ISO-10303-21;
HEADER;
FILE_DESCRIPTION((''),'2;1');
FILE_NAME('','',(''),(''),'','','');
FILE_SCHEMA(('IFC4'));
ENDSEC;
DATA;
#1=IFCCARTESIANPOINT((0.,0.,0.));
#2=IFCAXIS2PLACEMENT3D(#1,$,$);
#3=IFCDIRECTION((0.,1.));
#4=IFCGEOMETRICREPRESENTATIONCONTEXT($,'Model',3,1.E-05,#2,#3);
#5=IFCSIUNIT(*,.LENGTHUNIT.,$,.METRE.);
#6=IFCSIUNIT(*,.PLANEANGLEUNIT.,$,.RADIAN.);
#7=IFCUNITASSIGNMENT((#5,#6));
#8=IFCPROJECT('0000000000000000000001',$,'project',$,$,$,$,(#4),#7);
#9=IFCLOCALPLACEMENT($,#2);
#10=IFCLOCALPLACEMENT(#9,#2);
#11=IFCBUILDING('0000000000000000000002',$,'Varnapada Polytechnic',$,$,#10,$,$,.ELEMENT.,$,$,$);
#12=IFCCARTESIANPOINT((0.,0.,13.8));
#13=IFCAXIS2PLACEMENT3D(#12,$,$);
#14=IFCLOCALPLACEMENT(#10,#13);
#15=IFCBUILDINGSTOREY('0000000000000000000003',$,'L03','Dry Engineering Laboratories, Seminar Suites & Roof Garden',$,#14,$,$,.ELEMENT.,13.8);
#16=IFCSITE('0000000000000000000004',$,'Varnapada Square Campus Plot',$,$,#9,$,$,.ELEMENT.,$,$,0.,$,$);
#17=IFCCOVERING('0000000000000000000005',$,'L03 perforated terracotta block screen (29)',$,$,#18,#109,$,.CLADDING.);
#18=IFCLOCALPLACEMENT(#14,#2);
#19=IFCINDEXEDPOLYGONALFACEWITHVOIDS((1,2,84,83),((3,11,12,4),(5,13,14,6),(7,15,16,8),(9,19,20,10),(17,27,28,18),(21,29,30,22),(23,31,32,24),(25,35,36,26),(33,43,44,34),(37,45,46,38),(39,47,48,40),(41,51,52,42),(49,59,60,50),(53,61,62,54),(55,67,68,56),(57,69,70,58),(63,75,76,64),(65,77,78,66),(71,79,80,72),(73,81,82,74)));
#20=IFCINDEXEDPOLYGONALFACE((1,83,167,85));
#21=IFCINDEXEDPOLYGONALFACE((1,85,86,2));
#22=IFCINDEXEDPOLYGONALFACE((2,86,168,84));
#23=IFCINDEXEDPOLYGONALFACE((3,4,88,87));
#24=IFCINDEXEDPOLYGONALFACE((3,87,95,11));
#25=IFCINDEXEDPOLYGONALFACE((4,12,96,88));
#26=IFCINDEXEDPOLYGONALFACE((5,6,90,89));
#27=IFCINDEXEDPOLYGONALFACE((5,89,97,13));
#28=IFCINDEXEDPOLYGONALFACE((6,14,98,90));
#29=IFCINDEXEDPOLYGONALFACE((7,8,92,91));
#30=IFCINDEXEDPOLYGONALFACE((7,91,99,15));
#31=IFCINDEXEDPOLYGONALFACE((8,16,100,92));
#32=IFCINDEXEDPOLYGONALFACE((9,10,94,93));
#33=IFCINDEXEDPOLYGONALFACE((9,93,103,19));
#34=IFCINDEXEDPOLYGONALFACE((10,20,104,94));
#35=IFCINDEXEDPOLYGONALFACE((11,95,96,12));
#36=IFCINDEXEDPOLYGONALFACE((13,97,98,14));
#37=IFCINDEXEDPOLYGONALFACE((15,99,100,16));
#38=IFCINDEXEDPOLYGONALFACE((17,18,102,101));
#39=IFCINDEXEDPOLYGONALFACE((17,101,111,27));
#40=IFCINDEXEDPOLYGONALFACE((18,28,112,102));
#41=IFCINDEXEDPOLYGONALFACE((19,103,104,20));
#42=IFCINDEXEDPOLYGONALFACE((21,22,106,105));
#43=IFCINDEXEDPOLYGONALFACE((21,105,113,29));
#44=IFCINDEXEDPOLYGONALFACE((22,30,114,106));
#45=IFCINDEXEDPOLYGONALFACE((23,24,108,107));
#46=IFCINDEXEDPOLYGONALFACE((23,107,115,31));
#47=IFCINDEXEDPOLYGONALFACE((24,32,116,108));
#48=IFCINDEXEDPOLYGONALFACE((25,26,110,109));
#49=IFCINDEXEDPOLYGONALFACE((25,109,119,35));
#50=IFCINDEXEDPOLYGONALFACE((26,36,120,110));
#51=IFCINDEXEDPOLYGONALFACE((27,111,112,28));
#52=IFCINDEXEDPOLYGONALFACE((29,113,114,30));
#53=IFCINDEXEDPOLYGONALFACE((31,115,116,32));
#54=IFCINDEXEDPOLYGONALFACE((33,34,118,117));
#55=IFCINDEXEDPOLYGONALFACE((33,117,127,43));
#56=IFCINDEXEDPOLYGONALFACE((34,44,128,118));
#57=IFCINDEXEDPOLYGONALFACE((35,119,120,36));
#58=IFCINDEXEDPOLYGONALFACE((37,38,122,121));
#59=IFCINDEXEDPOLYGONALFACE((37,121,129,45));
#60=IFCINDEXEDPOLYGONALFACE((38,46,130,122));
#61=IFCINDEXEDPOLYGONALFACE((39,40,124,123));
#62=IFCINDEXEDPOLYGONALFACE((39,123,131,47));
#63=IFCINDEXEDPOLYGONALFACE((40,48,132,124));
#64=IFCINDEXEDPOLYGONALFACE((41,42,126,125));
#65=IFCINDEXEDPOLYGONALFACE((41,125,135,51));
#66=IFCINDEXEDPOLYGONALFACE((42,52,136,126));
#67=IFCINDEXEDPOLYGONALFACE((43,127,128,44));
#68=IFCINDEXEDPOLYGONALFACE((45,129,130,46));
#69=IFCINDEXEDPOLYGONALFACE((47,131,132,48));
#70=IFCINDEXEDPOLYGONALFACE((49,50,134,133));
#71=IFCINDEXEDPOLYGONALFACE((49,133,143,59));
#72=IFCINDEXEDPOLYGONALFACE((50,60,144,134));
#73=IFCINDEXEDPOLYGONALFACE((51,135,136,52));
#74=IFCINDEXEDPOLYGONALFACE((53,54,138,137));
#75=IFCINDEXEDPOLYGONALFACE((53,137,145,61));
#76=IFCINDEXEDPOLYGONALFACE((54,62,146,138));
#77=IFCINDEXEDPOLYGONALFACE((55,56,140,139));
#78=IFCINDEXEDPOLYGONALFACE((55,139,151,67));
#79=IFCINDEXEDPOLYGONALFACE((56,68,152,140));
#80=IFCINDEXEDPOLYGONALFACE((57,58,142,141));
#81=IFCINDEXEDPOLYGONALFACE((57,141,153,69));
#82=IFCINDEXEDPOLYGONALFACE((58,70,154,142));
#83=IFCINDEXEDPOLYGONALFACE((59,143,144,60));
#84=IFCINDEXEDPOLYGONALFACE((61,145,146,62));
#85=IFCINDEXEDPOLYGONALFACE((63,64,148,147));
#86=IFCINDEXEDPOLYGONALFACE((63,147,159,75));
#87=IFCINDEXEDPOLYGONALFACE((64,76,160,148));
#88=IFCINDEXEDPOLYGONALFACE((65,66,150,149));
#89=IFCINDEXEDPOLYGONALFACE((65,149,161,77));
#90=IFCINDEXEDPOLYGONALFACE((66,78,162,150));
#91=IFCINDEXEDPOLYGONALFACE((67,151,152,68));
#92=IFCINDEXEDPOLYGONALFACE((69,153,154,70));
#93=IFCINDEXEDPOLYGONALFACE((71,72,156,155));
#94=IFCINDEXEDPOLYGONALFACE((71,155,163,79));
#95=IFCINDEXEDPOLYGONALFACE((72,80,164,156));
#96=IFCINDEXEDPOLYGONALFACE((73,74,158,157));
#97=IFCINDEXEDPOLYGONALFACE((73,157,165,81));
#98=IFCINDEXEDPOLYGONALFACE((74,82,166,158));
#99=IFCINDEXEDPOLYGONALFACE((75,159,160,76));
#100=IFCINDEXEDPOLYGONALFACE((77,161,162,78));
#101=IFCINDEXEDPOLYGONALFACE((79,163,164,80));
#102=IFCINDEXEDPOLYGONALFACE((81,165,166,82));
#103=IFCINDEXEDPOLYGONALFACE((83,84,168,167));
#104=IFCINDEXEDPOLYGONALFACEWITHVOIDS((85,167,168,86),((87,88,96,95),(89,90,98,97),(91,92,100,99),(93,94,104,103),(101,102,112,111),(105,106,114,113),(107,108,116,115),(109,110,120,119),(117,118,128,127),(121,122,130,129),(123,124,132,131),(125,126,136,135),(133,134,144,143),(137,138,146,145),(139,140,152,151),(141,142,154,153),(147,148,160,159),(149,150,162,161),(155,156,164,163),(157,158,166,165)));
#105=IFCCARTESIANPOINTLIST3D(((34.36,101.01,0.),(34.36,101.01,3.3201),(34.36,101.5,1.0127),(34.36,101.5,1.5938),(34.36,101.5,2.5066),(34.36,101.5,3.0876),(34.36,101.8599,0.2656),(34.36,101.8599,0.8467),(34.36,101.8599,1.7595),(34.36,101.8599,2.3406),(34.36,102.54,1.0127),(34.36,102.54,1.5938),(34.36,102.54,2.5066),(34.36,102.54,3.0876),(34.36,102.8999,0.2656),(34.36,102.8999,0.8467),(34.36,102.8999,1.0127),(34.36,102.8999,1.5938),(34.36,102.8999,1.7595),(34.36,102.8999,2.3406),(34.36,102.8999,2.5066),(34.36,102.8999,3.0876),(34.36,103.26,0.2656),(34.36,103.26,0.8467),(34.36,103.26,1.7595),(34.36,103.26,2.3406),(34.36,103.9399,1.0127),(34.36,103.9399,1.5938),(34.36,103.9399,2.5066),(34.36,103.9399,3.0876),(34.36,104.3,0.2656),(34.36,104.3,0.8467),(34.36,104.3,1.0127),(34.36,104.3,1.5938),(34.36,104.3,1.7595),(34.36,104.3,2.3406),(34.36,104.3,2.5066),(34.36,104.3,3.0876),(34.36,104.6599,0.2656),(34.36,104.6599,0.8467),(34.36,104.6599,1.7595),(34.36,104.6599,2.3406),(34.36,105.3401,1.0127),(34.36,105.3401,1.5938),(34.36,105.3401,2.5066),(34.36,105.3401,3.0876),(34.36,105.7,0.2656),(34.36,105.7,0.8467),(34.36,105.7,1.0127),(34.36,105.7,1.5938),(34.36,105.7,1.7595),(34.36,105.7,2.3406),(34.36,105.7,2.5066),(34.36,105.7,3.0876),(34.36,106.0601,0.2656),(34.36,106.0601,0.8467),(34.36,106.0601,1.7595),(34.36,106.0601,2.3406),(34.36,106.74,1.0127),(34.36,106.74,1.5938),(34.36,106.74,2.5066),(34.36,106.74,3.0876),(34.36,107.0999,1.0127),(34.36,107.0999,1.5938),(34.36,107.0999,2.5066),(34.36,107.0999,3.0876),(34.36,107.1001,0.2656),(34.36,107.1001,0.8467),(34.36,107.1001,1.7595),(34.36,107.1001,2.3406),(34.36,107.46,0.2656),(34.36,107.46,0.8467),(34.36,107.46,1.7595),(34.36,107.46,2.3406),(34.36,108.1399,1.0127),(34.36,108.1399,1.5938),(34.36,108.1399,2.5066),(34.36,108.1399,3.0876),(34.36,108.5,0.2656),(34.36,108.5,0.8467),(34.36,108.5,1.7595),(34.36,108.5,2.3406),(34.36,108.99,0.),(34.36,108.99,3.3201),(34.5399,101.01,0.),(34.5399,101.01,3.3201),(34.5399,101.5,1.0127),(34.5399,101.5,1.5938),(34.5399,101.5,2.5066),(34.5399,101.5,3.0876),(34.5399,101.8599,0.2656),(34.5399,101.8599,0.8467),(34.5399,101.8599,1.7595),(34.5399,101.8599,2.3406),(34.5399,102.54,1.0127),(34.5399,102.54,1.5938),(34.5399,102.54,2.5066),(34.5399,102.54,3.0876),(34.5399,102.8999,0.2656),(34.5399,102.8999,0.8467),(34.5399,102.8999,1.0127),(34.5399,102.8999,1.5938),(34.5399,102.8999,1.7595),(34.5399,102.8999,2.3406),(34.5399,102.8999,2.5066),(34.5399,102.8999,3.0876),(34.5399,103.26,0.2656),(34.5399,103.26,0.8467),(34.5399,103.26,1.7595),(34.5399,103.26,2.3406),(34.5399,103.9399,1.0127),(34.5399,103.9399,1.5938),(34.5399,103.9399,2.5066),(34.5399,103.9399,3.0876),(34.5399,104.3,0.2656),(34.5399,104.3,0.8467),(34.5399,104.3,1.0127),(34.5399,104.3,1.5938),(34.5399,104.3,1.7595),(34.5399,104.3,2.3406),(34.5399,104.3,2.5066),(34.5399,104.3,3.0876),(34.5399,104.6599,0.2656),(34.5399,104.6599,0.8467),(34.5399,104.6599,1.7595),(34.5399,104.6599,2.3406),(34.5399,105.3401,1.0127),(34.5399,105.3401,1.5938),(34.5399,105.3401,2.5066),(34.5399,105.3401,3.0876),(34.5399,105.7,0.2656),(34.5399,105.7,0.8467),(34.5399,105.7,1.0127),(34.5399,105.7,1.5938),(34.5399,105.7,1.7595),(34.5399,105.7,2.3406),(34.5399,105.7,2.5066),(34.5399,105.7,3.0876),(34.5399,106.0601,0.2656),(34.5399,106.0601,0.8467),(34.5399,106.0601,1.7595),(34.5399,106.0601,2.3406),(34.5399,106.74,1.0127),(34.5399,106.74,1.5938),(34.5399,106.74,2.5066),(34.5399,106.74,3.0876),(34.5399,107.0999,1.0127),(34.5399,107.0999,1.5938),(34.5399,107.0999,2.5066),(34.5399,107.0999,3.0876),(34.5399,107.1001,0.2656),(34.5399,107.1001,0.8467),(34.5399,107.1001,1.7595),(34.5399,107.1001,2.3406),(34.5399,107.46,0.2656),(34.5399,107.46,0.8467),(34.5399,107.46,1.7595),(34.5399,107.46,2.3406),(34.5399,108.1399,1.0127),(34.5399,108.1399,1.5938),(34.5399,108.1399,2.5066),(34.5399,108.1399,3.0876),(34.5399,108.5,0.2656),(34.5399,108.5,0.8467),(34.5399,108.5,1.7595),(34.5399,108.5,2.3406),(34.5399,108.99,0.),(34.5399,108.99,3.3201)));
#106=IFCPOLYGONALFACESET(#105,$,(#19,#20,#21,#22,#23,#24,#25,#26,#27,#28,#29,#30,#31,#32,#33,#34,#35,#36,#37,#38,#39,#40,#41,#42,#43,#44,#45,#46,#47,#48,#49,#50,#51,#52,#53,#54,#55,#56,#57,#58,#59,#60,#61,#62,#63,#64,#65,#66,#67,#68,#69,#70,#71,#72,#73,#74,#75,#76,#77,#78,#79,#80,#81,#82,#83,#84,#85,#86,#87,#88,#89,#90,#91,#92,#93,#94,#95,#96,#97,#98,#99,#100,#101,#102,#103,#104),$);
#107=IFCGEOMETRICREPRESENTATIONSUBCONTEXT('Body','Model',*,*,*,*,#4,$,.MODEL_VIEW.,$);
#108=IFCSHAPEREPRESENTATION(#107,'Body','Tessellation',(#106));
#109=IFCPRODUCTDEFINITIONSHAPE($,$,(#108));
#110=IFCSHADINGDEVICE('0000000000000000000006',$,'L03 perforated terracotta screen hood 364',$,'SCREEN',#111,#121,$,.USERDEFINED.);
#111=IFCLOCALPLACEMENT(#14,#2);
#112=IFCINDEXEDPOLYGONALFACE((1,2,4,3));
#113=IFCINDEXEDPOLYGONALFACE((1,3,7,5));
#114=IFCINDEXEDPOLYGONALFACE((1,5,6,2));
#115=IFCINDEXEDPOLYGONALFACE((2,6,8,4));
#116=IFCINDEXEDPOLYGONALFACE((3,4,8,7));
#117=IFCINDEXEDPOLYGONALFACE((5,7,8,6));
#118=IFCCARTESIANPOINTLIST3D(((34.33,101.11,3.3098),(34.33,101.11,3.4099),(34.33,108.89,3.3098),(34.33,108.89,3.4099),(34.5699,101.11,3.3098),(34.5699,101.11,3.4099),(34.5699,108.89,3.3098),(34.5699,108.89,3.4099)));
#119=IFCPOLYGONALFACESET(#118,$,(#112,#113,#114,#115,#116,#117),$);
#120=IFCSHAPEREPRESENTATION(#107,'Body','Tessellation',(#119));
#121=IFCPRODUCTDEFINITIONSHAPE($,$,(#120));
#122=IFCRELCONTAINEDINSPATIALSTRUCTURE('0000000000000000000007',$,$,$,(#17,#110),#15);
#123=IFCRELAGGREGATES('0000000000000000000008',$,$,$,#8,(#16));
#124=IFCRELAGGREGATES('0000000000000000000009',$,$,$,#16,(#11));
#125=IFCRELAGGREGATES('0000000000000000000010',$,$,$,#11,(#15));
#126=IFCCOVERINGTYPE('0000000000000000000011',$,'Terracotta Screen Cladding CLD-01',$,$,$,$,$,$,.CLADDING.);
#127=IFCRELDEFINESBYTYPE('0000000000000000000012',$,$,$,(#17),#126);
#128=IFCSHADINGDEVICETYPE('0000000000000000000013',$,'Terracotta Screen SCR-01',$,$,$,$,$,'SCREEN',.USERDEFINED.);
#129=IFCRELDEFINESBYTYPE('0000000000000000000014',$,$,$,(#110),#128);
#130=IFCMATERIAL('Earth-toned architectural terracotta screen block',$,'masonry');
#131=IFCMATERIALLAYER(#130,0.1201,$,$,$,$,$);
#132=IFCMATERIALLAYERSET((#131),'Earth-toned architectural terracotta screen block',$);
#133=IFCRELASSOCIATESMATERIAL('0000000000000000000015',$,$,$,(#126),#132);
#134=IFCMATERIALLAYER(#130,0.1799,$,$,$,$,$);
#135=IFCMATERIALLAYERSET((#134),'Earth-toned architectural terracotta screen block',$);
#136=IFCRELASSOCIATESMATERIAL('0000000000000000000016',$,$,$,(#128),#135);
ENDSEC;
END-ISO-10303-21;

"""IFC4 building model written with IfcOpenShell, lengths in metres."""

from ifc_helpers import new_model, si_unit, direction, frame, frame_2d, origin, origin_2d, place, context, subcontext, project, spatial, rectangle, extrude, material, layer, layer_set, type_object, element, save


model = new_model("IFC4")

# Units and contexts
model_context = context("Model", 3, precision=1e-05, world=origin(), true_north=direction((0.0, 1.0)))
body_context = subcontext(model_context, "Body", "Model", "MODEL_VIEW")
ifc_project = project(units=[si_unit("LENGTHUNIT", "METRE"), si_unit("PLANEANGLEUNIT", "RADIAN")], contexts=[model_context])

# Site, building, storey
site_placement = place(None, origin())
site = spatial("IfcSite", under=ifc_project, at=site_placement, Name="Varnapada Square Campus Plot", CompositionType="ELEMENT", RefElevation=0.0)
building_placement = place(site_placement, origin())
building = spatial("IfcBuilding", under=site, at=building_placement, Name="Varnapada Polytechnic", CompositionType="ELEMENT")
storey_placement = place(building_placement, frame((0.0, 0.0, 13.8)))
storey = spatial("IfcBuildingStorey", under=building, at=storey_placement, Name="L03", Description="Dry Engineering Laboratories, Seminar Suites & Roof Garden", CompositionType="ELEMENT", Elevation=13.8)

# Covering, openings
ifc_material_1 = material(Name="Earth-toned architectural terracotta screen block", Category="masonry")
ifc_layer_1 = layer(ifc_material_1, 0.1201)
ifc_layer_set_1 = layer_set([ifc_layer_1], Name="Earth-toned architectural terracotta screen block")
covering_type = type_object("IfcCoveringType", Name="Terracotta Screen Cladding CLD-01", PredefinedType="CLADDING", material=ifc_layer_set_1)
covering_placement = place(storey_placement, frame((34.45, 108.99, 0.0), z_axis=(0.0, 0.0, 1.0), x_axis=(0.0, -1.0, 0.0)))
covering = element("IfcCovering", 1, at=covering_placement, inside=storey, type_object=covering_type, Name="L03 perforated terracotta block screen (29)", PredefinedType="CLADDING", context=body_context, shape_type="SweptSolid", body=[
    extrude(rectangle(XDim=7.98, YDim=0.1799, at=frame_2d((3.99, 0.0))), origin(), (0.0, 0.0, 1.0), 3.3201),
])
opening_1_placement = place(covering_placement, frame((0.49, 0.0, 0.2656)))
element("IfcOpeningElement", 2, at=opening_1_placement, cuts=covering, PredefinedType="OPENING", context=body_context, shape_type="SweptSolid", body=[
    extrude(rectangle(XDim=1.04, YDim=0.5811, at=frame_2d((0.52, 0.2905))), frame((0.0, 0.0999, 0.0), z_axis=(0.0, -1.0, 0.0), x_axis=(1.0, 0.0, 0.0)), (0.0, 0.0, 1.0), 0.2),
])
opening_2_placement = place(covering_placement, frame((1.8899, 0.0, 0.2656)))
element("IfcOpeningElement", 3, at=opening_2_placement, cuts=covering, PredefinedType="OPENING", context=body_context, shape_type="SweptSolid", body=[
    extrude(rectangle(XDim=1.04, YDim=0.5811, at=frame_2d((0.52, 0.2905))), frame((0.0, 0.0999, 0.0), z_axis=(0.0, -1.0, 0.0), x_axis=(1.0, 0.0, 0.0)), (0.0, 0.0, 1.0), 0.2),
])
opening_3_placement = place(covering_placement, frame((3.29, 0.0, 0.2656)))
element("IfcOpeningElement", 4, at=opening_3_placement, cuts=covering, PredefinedType="OPENING", context=body_context, shape_type="SweptSolid", body=[
    extrude(rectangle(XDim=1.04, YDim=0.5811, at=frame_2d((0.52, 0.2905))), frame((0.0, 0.0999, 0.0), z_axis=(0.0, -1.0, 0.0), x_axis=(1.0, 0.0, 0.0)), (0.0, 0.0, 1.0), 0.2),
])
opening_4_placement = place(covering_placement, frame((4.6899, 0.0, 0.2656)))
element("IfcOpeningElement", 5, at=opening_4_placement, cuts=covering, PredefinedType="OPENING", context=body_context, shape_type="SweptSolid", body=[
    extrude(rectangle(XDim=1.04, YDim=0.5811, at=frame_2d((0.52, 0.2905))), frame((0.0, 0.0999, 0.0), z_axis=(0.0, -1.0, 0.0), x_axis=(1.0, 0.0, 0.0)), (0.0, 0.0, 1.0), 0.2),
])
opening_5_placement = place(covering_placement, frame((6.0901, 0.0, 0.2656)))
element("IfcOpeningElement", 6, at=opening_5_placement, cuts=covering, PredefinedType="OPENING", context=body_context, shape_type="SweptSolid", body=[
    extrude(rectangle(XDim=1.04, YDim=0.5811, at=frame_2d((0.52, 0.2905))), frame((0.0, 0.0999, 0.0), z_axis=(0.0, -1.0, 0.0), x_axis=(1.0, 0.0, 0.0)), (0.0, 0.0, 1.0), 0.2),
])
opening_6_placement = place(covering_placement, frame((0.8501, 0.0, 1.0127)))
element("IfcOpeningElement", 7, at=opening_6_placement, cuts=covering, PredefinedType="OPENING", context=body_context, shape_type="SweptSolid", body=[
    extrude(rectangle(XDim=1.04, YDim=0.5811, at=frame_2d((0.52, 0.2905))), frame((0.0, 0.0999, 0.0), z_axis=(0.0, -1.0, 0.0), x_axis=(1.0, 0.0, 0.0)), (0.0, 0.0, 1.0), 0.2),
])
opening_7_placement = place(covering_placement, frame((2.25, 0.0, 1.0127)))
element("IfcOpeningElement", 8, at=opening_7_placement, cuts=covering, PredefinedType="OPENING", context=body_context, shape_type="SweptSolid", body=[
    extrude(rectangle(XDim=1.04, YDim=0.5811, at=frame_2d((0.52, 0.2905))), frame((0.0, 0.0999, 0.0), z_axis=(0.0, -1.0, 0.0), x_axis=(1.0, 0.0, 0.0)), (0.0, 0.0, 1.0), 0.2),
])
opening_8_placement = place(covering_placement, frame((3.6499, 0.0, 1.0127)))
element("IfcOpeningElement", 9, at=opening_8_placement, cuts=covering, PredefinedType="OPENING", context=body_context, shape_type="SweptSolid", body=[
    extrude(rectangle(XDim=1.04, YDim=0.5811, at=frame_2d((0.52, 0.2905))), frame((0.0, 0.0999, 0.0), z_axis=(0.0, -1.0, 0.0), x_axis=(1.0, 0.0, 0.0)), (0.0, 0.0, 1.0), 0.2),
])
opening_9_placement = place(covering_placement, frame((5.05, 0.0, 1.0127)))
element("IfcOpeningElement", 10, at=opening_9_placement, cuts=covering, PredefinedType="OPENING", context=body_context, shape_type="SweptSolid", body=[
    extrude(rectangle(XDim=1.04, YDim=0.5811, at=frame_2d((0.52, 0.2905))), frame((0.0, 0.0999, 0.0), z_axis=(0.0, -1.0, 0.0), x_axis=(1.0, 0.0, 0.0)), (0.0, 0.0, 1.0), 0.2),
])
opening_10_placement = place(covering_placement, frame((6.45, 0.0, 1.0127)))
element("IfcOpeningElement", 11, at=opening_10_placement, cuts=covering, PredefinedType="OPENING", context=body_context, shape_type="SweptSolid", body=[
    extrude(rectangle(XDim=1.04, YDim=0.5811, at=frame_2d((0.52, 0.2905))), frame((0.0, 0.0999, 0.0), z_axis=(0.0, -1.0, 0.0), x_axis=(1.0, 0.0, 0.0)), (0.0, 0.0, 1.0), 0.2),
])
opening_11_placement = place(covering_placement, frame((0.49, 0.0, 1.7595)))
element("IfcOpeningElement", 12, at=opening_11_placement, cuts=covering, PredefinedType="OPENING", context=body_context, shape_type="SweptSolid", body=[
    extrude(rectangle(XDim=1.04, YDim=0.5811, at=frame_2d((0.52, 0.2905))), frame((0.0, 0.0999, 0.0), z_axis=(0.0, -1.0, 0.0), x_axis=(1.0, 0.0, 0.0)), (0.0, 0.0, 1.0), 0.2),
])
opening_12_placement = place(covering_placement, frame((1.8899, 0.0, 1.7595)))
element("IfcOpeningElement", 13, at=opening_12_placement, cuts=covering, PredefinedType="OPENING", context=body_context, shape_type="SweptSolid", body=[
    extrude(rectangle(XDim=1.04, YDim=0.5811, at=frame_2d((0.52, 0.2905))), frame((0.0, 0.0999, 0.0), z_axis=(0.0, -1.0, 0.0), x_axis=(1.0, 0.0, 0.0)), (0.0, 0.0, 1.0), 0.2),
])
opening_13_placement = place(covering_placement, frame((3.29, 0.0, 1.7595)))
element("IfcOpeningElement", 14, at=opening_13_placement, cuts=covering, PredefinedType="OPENING", context=body_context, shape_type="SweptSolid", body=[
    extrude(rectangle(XDim=1.04, YDim=0.5811, at=frame_2d((0.52, 0.2905))), frame((0.0, 0.0999, 0.0), z_axis=(0.0, -1.0, 0.0), x_axis=(1.0, 0.0, 0.0)), (0.0, 0.0, 1.0), 0.2),
])
opening_14_placement = place(covering_placement, frame((4.6899, 0.0, 1.7595)))
element("IfcOpeningElement", 15, at=opening_14_placement, cuts=covering, PredefinedType="OPENING", context=body_context, shape_type="SweptSolid", body=[
    extrude(rectangle(XDim=1.04, YDim=0.5811, at=frame_2d((0.52, 0.2905))), frame((0.0, 0.0999, 0.0), z_axis=(0.0, -1.0, 0.0), x_axis=(1.0, 0.0, 0.0)), (0.0, 0.0, 1.0), 0.2),
])
opening_15_placement = place(covering_placement, frame((6.0901, 0.0, 1.7595)))
element("IfcOpeningElement", 16, at=opening_15_placement, cuts=covering, PredefinedType="OPENING", context=body_context, shape_type="SweptSolid", body=[
    extrude(rectangle(XDim=1.04, YDim=0.5811, at=frame_2d((0.52, 0.2905))), frame((0.0, 0.0999, 0.0), z_axis=(0.0, -1.0, 0.0), x_axis=(1.0, 0.0, 0.0)), (0.0, 0.0, 1.0), 0.2),
])
opening_16_placement = place(covering_placement, frame((0.8501, 0.0, 2.5066)))
element("IfcOpeningElement", 17, at=opening_16_placement, cuts=covering, PredefinedType="OPENING", context=body_context, shape_type="SweptSolid", body=[
    extrude(rectangle(XDim=1.04, YDim=0.5811, at=frame_2d((0.52, 0.2905))), frame((0.0, 0.0999, 0.0), z_axis=(0.0, -1.0, 0.0), x_axis=(1.0, 0.0, 0.0)), (0.0, 0.0, 1.0), 0.2),
])
opening_17_placement = place(covering_placement, frame((2.25, 0.0, 2.5066)))
element("IfcOpeningElement", 18, at=opening_17_placement, cuts=covering, PredefinedType="OPENING", context=body_context, shape_type="SweptSolid", body=[
    extrude(rectangle(XDim=1.04, YDim=0.5811, at=frame_2d((0.52, 0.2905))), frame((0.0, 0.0999, 0.0), z_axis=(0.0, -1.0, 0.0), x_axis=(1.0, 0.0, 0.0)), (0.0, 0.0, 1.0), 0.2),
])
opening_18_placement = place(covering_placement, frame((3.6499, 0.0, 2.5066)))
element("IfcOpeningElement", 19, at=opening_18_placement, cuts=covering, PredefinedType="OPENING", context=body_context, shape_type="SweptSolid", body=[
    extrude(rectangle(XDim=1.04, YDim=0.5811, at=frame_2d((0.52, 0.2905))), frame((0.0, 0.0999, 0.0), z_axis=(0.0, -1.0, 0.0), x_axis=(1.0, 0.0, 0.0)), (0.0, 0.0, 1.0), 0.2),
])
opening_19_placement = place(covering_placement, frame((5.05, 0.0, 2.5066)))
element("IfcOpeningElement", 20, at=opening_19_placement, cuts=covering, PredefinedType="OPENING", context=body_context, shape_type="SweptSolid", body=[
    extrude(rectangle(XDim=1.04, YDim=0.5811, at=frame_2d((0.52, 0.2905))), frame((0.0, 0.0999, 0.0), z_axis=(0.0, -1.0, 0.0), x_axis=(1.0, 0.0, 0.0)), (0.0, 0.0, 1.0), 0.2),
])
opening_20_placement = place(covering_placement, frame((6.45, 0.0, 2.5066)))
element("IfcOpeningElement", 21, at=opening_20_placement, cuts=covering, PredefinedType="OPENING", context=body_context, shape_type="SweptSolid", body=[
    extrude(rectangle(XDim=1.04, YDim=0.5811, at=frame_2d((0.52, 0.2905))), frame((0.0, 0.0999, 0.0), z_axis=(0.0, -1.0, 0.0), x_axis=(1.0, 0.0, 0.0)), (0.0, 0.0, 1.0), 0.2),
])

# Shading device
ifc_layer_2 = layer(ifc_material_1, 0.1799)
ifc_layer_set_2 = layer_set([ifc_layer_2], Name="Earth-toned architectural terracotta screen block")
shading_device_type = type_object("IfcShadingDeviceType", Name="Terracotta Screen SCR-01", ElementType="SCREEN", PredefinedType="USERDEFINED", material=ifc_layer_set_2)
shading_device_1_placement = place(storey_placement, frame((34.45, 105.0, 3.3098), z_axis=(0.0, 0.0, 1.0), x_axis=(0.0, -1.0, 0.0)))
element("IfcShadingDevice", 22, at=shading_device_1_placement, inside=storey, type_object=shading_device_type, Name="L03 perforated terracotta screen hood 364", ObjectType="SCREEN", PredefinedType="USERDEFINED", context=body_context, shape_type="SweptSolid", body=[
    extrude(rectangle(XDim=7.78, YDim=0.24, at=origin_2d()), origin(), (0.0, 0.0, 1.0), 0.1001),
])

save(model, "model.ifc")
